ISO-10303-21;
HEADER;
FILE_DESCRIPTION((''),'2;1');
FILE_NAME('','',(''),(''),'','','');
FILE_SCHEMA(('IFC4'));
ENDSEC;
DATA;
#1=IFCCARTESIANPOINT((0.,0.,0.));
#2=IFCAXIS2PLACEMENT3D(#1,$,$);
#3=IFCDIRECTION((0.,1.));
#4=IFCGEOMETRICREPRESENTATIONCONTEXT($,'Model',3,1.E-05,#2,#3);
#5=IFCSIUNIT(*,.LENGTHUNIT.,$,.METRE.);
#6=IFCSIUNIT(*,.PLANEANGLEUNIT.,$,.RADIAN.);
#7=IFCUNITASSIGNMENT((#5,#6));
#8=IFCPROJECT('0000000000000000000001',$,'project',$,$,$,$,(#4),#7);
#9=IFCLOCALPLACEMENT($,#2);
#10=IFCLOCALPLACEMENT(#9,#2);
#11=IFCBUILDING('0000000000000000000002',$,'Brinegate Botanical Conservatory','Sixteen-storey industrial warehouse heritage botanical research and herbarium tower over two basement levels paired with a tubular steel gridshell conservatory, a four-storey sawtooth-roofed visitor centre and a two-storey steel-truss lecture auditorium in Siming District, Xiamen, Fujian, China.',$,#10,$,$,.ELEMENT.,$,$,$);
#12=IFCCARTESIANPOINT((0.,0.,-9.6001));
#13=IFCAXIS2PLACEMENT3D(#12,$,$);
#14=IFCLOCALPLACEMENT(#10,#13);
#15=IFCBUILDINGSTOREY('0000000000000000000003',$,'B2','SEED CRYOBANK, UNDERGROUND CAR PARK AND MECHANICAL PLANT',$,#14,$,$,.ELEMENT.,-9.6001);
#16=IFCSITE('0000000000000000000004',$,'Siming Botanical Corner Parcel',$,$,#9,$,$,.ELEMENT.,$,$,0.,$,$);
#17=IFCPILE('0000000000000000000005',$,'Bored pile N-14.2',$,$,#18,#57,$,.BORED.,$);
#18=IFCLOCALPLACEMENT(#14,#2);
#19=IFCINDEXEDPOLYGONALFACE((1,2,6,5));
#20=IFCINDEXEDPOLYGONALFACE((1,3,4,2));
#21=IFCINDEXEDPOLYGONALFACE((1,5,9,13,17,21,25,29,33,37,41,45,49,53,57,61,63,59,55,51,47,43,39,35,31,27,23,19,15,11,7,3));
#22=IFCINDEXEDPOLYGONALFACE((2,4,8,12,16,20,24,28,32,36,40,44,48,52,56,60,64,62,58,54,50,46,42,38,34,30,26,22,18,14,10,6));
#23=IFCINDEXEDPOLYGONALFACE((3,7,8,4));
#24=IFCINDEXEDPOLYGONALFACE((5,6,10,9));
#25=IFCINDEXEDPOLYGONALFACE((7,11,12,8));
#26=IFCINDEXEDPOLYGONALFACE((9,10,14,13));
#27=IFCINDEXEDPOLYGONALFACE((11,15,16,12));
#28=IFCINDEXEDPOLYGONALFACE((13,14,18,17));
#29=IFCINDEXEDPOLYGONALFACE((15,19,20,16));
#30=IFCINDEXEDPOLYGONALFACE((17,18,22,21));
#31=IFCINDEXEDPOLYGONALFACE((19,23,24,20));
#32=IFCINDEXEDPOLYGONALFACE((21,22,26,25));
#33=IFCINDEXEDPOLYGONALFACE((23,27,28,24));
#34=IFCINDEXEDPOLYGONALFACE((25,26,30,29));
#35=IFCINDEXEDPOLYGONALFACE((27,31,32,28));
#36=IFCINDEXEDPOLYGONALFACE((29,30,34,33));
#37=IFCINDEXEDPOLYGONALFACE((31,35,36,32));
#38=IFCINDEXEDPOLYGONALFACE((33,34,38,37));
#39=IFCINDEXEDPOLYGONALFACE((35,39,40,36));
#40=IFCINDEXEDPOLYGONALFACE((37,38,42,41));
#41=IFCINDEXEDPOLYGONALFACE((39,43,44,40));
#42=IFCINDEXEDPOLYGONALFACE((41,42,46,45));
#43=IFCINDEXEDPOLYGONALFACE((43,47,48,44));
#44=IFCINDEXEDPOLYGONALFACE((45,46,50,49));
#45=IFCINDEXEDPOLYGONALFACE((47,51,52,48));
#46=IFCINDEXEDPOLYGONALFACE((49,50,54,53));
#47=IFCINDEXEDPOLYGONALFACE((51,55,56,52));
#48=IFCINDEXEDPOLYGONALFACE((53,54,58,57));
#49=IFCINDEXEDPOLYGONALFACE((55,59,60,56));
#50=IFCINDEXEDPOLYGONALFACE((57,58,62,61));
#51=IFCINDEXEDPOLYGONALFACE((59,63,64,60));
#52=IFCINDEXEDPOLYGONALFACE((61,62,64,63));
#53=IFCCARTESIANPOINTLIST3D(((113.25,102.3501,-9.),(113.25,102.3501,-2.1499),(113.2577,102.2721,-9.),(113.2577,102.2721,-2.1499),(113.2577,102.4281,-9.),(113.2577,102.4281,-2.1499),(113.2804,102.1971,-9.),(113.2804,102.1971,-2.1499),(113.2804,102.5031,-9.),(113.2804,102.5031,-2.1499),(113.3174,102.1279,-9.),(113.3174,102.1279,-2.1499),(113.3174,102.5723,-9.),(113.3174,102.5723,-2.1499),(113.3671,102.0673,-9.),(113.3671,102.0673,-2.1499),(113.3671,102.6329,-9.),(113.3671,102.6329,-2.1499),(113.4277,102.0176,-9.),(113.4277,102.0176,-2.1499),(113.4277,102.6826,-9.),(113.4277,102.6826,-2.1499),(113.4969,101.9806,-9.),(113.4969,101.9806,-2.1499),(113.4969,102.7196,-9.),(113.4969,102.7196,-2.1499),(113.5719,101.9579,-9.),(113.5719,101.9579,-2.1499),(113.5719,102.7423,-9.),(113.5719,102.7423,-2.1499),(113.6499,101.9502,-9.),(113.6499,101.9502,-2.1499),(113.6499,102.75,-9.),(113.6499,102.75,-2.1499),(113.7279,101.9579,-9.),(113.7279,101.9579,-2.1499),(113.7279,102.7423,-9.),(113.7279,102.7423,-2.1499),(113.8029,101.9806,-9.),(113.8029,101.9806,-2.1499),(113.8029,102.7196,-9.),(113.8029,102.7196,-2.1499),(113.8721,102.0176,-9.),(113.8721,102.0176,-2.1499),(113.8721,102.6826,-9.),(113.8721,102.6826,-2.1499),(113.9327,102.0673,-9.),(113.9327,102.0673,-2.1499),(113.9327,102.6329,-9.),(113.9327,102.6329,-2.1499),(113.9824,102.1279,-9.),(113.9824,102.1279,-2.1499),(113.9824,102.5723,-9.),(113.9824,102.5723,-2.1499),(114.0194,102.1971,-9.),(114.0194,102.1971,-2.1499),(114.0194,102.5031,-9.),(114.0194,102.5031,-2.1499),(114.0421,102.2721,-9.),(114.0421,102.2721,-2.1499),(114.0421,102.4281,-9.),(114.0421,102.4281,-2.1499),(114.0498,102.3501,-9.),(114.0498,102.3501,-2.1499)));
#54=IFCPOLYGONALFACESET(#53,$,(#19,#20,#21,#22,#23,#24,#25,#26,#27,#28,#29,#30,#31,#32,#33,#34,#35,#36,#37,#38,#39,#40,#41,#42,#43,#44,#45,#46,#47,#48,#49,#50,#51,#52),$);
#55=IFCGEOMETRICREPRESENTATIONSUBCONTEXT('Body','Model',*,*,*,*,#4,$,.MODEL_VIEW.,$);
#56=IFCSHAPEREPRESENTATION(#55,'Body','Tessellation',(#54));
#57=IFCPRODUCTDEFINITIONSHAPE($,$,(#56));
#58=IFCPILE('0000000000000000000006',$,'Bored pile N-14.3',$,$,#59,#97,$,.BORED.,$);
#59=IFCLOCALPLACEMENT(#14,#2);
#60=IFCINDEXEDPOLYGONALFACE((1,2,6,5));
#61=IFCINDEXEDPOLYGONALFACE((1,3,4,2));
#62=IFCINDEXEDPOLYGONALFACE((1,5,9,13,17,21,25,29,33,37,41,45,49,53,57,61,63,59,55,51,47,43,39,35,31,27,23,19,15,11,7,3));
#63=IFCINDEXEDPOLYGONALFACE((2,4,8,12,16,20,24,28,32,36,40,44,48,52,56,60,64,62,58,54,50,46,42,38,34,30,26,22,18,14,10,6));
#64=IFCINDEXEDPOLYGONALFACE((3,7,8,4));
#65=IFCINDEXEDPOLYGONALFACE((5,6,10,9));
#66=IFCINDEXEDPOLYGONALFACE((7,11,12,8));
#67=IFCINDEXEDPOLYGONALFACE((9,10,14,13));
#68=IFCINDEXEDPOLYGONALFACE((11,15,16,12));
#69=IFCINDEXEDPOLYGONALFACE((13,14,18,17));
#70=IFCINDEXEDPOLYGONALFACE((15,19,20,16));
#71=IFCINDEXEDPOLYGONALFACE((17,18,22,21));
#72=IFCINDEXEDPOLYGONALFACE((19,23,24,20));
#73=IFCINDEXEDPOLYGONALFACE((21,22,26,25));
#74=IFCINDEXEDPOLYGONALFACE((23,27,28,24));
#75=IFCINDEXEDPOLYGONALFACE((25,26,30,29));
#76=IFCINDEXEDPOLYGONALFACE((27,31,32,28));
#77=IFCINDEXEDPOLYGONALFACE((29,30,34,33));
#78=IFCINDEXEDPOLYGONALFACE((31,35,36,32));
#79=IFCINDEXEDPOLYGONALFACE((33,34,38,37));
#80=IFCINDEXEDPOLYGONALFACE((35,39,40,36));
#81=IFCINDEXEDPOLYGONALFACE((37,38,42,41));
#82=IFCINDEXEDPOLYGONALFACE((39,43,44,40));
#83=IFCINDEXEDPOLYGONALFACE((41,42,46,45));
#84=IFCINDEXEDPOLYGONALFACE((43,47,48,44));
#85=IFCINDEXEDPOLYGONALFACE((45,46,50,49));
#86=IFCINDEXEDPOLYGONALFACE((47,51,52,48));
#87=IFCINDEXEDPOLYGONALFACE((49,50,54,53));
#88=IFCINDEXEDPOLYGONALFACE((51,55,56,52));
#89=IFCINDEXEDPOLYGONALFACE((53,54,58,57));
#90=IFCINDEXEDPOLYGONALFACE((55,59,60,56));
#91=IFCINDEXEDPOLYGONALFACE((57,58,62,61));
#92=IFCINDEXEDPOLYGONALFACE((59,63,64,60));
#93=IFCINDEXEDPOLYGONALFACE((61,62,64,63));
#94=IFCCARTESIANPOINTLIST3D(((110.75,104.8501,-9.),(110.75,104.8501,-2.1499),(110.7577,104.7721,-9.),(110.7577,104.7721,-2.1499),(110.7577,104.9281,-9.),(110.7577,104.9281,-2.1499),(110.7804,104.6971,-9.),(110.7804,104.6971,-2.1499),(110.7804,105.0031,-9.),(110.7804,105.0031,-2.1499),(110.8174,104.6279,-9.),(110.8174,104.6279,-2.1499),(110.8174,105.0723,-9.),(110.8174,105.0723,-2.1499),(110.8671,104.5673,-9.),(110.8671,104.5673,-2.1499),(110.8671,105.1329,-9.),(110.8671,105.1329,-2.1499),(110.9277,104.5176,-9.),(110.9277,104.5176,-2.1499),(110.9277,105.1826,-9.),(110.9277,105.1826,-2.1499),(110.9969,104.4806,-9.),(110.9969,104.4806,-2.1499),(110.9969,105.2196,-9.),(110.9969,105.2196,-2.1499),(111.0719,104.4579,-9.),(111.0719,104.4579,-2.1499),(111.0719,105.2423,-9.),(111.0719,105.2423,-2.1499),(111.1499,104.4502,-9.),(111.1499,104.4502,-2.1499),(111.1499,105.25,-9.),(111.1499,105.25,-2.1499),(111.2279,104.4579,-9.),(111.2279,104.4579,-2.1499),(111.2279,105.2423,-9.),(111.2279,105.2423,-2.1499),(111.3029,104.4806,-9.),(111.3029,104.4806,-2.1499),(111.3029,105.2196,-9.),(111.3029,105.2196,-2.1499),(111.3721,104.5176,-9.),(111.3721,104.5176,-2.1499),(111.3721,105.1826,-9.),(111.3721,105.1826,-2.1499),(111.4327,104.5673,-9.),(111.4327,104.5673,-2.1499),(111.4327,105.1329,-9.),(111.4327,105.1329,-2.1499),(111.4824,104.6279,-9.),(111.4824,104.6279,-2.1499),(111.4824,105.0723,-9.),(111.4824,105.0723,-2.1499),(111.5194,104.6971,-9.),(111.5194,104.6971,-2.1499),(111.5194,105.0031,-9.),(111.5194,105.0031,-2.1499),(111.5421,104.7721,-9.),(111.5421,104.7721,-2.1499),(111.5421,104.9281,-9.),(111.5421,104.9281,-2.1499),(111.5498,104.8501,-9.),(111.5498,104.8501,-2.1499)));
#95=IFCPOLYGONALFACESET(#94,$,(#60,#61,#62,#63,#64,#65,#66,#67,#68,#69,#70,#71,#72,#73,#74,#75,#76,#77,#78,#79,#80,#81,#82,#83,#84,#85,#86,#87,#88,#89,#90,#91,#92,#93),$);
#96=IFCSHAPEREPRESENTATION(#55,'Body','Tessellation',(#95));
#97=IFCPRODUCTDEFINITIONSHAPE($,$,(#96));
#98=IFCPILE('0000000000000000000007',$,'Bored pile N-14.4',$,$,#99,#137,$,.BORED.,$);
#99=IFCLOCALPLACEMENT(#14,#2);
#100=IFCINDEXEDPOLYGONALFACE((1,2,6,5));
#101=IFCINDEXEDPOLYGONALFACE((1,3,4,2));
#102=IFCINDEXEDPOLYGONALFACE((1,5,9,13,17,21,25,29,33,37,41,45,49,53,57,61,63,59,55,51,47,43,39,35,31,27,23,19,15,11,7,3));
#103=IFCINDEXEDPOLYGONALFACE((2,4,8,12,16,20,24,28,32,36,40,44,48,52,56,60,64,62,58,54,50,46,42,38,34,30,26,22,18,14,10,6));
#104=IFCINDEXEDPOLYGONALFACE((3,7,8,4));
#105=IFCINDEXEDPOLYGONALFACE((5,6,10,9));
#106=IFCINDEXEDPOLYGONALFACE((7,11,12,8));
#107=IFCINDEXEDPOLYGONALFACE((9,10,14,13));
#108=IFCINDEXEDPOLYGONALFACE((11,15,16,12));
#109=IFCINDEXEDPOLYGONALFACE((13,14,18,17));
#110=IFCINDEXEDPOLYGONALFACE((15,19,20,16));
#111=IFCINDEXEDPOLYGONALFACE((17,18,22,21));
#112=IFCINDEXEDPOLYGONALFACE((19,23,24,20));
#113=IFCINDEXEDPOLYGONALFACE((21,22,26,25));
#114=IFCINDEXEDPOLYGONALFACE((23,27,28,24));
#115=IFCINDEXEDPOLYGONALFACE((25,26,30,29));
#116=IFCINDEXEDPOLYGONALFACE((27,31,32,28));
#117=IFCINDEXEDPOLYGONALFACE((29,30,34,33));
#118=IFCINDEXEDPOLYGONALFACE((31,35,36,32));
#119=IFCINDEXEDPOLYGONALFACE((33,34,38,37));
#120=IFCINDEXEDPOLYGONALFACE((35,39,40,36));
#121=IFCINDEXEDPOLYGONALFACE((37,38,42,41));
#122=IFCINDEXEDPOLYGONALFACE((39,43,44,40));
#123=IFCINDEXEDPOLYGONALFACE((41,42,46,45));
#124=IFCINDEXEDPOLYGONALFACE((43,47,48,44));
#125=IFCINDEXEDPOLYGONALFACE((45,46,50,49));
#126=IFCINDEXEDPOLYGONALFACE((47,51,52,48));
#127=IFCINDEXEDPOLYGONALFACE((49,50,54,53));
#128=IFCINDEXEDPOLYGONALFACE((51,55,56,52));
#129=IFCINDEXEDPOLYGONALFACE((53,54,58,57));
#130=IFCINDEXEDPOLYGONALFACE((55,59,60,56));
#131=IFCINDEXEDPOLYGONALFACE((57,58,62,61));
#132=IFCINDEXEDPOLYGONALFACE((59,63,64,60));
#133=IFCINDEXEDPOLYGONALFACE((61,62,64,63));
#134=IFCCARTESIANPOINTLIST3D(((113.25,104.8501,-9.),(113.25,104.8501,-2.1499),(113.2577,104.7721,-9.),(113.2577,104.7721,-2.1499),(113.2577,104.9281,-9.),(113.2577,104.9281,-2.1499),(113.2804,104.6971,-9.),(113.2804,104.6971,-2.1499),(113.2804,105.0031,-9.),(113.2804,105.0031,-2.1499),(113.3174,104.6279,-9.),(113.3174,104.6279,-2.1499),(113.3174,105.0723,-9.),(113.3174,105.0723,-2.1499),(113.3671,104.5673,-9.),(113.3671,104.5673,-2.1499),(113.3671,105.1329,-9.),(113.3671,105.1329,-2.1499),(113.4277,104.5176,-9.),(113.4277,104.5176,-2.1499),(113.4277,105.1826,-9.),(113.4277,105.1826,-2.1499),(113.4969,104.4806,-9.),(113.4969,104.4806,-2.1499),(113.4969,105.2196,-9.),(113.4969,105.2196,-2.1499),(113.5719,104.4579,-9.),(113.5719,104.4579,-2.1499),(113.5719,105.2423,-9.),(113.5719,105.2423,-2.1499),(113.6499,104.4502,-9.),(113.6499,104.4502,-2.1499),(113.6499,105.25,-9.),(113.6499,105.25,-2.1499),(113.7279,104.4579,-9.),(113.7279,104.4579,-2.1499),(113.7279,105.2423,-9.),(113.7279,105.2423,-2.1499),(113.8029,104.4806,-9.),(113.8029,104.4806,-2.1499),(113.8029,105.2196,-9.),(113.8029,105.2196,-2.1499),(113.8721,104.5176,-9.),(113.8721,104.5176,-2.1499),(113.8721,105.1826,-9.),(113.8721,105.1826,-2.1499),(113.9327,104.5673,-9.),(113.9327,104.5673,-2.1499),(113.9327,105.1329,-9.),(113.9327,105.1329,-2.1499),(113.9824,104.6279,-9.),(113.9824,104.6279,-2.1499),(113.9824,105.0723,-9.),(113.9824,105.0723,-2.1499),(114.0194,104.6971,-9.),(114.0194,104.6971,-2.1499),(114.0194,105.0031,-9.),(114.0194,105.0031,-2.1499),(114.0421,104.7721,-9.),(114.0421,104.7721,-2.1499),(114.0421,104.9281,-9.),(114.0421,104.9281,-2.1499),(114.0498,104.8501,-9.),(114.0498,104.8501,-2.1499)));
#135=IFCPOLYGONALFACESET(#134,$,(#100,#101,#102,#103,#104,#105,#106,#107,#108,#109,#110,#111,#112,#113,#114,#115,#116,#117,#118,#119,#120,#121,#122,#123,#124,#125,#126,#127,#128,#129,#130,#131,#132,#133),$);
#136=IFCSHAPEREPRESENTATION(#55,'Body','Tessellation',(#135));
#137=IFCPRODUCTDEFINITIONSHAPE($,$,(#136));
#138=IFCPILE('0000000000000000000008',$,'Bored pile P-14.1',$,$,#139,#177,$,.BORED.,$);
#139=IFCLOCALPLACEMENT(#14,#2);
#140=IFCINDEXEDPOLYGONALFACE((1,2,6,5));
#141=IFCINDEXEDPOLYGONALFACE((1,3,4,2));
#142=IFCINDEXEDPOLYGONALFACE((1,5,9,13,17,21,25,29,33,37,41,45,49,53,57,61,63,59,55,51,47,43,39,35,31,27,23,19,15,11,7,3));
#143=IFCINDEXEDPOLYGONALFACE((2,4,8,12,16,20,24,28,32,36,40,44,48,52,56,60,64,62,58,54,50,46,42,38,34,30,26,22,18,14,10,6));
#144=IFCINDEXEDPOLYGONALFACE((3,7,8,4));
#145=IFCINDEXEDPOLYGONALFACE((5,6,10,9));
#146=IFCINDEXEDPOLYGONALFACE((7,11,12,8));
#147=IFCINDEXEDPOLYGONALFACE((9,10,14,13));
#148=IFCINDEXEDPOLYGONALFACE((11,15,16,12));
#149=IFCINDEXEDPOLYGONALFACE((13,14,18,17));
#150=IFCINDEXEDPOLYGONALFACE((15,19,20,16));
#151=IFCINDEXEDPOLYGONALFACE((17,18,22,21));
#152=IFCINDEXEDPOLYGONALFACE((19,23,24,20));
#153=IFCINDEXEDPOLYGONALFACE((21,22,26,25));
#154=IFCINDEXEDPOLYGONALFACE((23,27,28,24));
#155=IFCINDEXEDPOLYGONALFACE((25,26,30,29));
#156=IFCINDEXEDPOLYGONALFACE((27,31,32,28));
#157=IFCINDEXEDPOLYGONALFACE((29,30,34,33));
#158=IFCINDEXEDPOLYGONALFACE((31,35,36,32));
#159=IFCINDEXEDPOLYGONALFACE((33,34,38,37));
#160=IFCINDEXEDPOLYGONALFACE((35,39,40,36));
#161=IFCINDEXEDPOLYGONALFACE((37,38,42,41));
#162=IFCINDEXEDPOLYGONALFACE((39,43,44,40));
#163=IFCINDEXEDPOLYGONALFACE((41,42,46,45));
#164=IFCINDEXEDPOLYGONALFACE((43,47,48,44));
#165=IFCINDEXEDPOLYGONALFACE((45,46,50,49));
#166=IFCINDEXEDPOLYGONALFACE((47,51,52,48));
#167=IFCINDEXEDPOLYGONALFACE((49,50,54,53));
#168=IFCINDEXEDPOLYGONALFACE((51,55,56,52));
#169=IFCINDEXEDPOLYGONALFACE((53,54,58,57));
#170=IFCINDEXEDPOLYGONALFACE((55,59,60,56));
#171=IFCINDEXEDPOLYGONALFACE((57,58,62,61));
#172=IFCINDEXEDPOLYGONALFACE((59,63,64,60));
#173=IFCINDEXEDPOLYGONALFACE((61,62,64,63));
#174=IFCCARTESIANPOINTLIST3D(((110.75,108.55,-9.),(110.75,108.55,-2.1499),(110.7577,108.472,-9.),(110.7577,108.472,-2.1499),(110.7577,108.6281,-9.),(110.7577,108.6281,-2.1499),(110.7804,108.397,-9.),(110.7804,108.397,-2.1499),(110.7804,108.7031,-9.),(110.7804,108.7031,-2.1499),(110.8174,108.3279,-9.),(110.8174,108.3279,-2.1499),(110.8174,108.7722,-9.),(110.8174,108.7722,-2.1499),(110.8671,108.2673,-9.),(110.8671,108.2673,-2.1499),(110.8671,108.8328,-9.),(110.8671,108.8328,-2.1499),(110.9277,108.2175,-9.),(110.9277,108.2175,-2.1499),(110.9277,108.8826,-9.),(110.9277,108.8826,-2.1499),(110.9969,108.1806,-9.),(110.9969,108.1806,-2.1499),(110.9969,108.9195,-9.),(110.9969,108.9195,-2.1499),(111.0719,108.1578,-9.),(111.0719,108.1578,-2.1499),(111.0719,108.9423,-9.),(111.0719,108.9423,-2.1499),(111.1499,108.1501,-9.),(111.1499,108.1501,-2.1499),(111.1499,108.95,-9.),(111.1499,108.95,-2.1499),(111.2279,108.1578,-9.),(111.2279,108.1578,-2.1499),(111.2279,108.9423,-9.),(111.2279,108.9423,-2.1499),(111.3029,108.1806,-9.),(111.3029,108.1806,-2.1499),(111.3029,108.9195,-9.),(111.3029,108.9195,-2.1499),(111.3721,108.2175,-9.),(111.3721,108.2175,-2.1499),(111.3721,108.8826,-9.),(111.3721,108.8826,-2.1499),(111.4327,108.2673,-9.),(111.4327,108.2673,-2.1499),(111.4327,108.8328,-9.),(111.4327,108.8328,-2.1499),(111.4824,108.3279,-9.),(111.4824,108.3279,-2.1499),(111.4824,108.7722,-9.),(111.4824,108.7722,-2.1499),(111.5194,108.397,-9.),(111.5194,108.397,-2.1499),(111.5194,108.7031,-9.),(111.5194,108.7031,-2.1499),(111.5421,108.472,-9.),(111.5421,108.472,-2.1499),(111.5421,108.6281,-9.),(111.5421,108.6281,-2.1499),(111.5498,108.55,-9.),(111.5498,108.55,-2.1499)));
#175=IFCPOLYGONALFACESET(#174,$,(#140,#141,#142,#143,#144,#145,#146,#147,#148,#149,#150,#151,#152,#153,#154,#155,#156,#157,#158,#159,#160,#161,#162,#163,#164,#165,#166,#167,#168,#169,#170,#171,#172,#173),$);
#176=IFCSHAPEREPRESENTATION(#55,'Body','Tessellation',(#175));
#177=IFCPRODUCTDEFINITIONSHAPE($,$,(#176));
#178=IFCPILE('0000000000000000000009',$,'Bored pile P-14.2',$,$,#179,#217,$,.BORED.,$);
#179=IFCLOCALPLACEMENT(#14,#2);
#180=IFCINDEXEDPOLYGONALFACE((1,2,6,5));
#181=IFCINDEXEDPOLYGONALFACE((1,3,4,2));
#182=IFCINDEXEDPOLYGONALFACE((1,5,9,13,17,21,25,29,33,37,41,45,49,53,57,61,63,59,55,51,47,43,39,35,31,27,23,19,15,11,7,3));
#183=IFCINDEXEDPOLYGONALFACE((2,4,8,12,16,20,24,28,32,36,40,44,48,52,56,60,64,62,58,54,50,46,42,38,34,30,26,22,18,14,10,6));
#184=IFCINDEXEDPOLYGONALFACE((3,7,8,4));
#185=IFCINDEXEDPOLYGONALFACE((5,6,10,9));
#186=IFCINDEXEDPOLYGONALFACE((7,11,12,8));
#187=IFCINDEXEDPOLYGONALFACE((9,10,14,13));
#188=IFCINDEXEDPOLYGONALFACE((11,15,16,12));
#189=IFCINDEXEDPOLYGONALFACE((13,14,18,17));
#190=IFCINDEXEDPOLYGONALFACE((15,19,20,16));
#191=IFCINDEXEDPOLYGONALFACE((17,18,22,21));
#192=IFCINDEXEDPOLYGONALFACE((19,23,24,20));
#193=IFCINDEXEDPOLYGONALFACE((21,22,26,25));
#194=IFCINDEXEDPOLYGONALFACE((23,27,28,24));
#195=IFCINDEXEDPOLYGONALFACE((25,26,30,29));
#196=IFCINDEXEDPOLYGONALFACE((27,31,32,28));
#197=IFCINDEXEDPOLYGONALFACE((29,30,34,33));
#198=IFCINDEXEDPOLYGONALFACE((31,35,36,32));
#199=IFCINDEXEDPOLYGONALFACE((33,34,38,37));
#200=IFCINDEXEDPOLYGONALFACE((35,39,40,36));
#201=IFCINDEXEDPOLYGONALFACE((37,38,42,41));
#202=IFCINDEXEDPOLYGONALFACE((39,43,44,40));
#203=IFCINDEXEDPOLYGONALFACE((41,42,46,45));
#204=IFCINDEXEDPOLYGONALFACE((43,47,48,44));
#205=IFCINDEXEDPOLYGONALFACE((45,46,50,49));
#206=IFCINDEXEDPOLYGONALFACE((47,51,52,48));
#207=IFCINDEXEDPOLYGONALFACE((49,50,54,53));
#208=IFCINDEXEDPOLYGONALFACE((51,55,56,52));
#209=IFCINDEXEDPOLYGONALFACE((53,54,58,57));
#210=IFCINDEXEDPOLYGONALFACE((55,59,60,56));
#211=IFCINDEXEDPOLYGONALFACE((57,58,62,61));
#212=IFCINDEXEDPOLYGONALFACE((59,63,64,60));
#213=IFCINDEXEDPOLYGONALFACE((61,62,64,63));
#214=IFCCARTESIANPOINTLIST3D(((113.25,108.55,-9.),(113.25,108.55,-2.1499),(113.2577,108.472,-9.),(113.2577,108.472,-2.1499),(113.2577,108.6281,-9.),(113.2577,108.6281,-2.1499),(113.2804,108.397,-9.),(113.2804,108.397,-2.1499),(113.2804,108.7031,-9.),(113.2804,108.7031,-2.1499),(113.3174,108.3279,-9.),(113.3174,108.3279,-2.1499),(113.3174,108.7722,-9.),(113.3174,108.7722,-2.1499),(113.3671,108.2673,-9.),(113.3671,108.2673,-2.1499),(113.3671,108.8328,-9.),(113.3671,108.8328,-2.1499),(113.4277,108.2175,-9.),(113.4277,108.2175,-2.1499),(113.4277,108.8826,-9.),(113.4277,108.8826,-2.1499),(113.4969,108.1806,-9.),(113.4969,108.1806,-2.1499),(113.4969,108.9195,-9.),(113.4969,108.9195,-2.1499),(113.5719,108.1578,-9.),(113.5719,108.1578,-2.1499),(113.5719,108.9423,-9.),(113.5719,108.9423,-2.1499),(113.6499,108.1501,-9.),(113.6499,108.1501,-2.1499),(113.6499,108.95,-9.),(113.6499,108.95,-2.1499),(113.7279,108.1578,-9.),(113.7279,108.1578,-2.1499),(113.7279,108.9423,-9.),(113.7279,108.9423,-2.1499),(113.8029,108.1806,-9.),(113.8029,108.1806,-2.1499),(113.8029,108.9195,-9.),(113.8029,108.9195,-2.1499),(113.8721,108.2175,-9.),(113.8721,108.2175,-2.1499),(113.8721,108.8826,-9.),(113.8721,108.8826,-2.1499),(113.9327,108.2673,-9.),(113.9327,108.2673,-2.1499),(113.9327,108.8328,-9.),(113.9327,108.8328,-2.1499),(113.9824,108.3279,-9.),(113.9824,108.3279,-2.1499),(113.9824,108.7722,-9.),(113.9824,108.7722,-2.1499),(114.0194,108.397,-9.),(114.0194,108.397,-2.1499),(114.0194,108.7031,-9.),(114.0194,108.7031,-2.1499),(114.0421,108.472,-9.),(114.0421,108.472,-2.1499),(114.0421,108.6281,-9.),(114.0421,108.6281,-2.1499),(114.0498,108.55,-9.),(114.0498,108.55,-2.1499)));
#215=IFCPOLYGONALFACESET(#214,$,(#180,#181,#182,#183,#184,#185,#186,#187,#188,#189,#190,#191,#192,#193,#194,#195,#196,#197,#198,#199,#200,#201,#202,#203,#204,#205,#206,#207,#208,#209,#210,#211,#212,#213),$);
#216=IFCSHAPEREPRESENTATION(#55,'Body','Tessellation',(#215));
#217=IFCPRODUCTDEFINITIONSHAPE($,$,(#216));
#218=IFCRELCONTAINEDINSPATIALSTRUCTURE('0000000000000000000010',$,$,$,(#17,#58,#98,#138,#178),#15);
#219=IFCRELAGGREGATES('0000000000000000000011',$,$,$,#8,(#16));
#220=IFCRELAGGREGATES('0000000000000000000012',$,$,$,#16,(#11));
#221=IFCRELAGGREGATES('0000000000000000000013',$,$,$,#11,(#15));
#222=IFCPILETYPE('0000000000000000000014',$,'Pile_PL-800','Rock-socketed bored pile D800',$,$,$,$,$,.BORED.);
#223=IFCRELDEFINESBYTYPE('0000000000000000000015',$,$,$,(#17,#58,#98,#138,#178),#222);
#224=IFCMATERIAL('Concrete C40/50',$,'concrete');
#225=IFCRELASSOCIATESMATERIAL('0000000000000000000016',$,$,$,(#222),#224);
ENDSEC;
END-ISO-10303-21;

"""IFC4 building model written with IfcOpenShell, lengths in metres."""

from ifc_helpers import new_model, si_unit, direction, frame, origin, origin_2d, place, context, subcontext, project, spatial, circle, extrude, material, material_profile, profile_set, type_object, element, save


model = new_model("IFC4")

# Units and contexts
model_context = context("Model", 3, precision=1e-05, world=origin(), true_north=direction((0.0, 1.0)))
body_context = subcontext(model_context, "Body", "Model", "MODEL_VIEW")
ifc_project = project(units=[si_unit("LENGTHUNIT", "METRE"), si_unit("PLANEANGLEUNIT", "RADIAN")], contexts=[model_context])

# Site, building, storey
site_placement = place(None, origin())
site = spatial("IfcSite", under=ifc_project, at=site_placement, Name="Siming Botanical Corner Parcel", CompositionType="ELEMENT", RefElevation=0.0)
building_placement = place(site_placement, origin())
building = spatial("IfcBuilding", under=site, at=building_placement, Name="Brinegate Botanical Conservatory", Description="Sixteen-storey industrial warehouse heritage botanical research and herbarium tower over two basement levels paired with a tubular steel gridshell conservatory, a four-storey sawtooth-roofed visitor centre and a two-storey steel-truss lecture auditorium in Siming District, Xiamen, Fujian, China.", CompositionType="ELEMENT")
storey_placement = place(building_placement, frame((0.0, 0.0, -9.6001)))
storey = spatial("IfcBuildingStorey", under=building, at=storey_placement, Name="B2", Description="SEED CRYOBANK, UNDERGROUND CAR PARK AND MECHANICAL PLANT", CompositionType="ELEMENT", Elevation=-9.6001)

# Shared definitions
ifc_material = material(Name="Concrete C40/50", Category="concrete")

# Piles
ifc_material_profile_1 = material_profile(ifc_material, circle(Radius=0.3999, at=origin_2d()), Name="PILE D800")
ifc_profile_set_1 = profile_set([ifc_material_profile_1], Name="Concrete C40/50")
pile_type_1 = type_object("IfcPileType", Name="Pile_PL-800", Description="Rock-socketed bored pile D800", PredefinedType="BORED", material=ifc_profile_set_1)
for number, where, z_axis, x_axis, name in (
    (1, (113.6499, 102.3501, -2.1499), (0.0, 0.0, -1.0), (1.0, 0.0, 0.0), "Bored pile N-14.2"),
    (2, (111.1499, 104.8501, -2.1499), (0.0, 0.0, -1.0), (1.0, 0.0, 0.0), "Bored pile N-14.3"),
    (3, (113.6499, 104.8501, -2.1499), (0.0, 0.0, -1.0), (1.0, 0.0, 0.0), "Bored pile N-14.4"),
    (4, (111.1499, 108.55, -2.1499), (0.0, 0.0, -1.0), (1.0, 0.0, 0.0), "Bored pile P-14.1"),
    (5, (113.6499, 108.55, -2.1499), (0.0, 0.0, -1.0), (1.0, 0.0, 0.0), "Bored pile P-14.2"),
):
    element("IfcPile", number, at=place(storey_placement, frame(where, z_axis=z_axis, x_axis=x_axis)), inside=storey, type_object=pile_type_1, Name=name, PredefinedType="BORED", context=body_context, shape_type="SweptSolid", body=[
        extrude(circle(Radius=0.3999, at=origin_2d()), origin(), (0.0, 0.0, 1.0), 6.8501),
    ])

save(model, "model.ifc")
